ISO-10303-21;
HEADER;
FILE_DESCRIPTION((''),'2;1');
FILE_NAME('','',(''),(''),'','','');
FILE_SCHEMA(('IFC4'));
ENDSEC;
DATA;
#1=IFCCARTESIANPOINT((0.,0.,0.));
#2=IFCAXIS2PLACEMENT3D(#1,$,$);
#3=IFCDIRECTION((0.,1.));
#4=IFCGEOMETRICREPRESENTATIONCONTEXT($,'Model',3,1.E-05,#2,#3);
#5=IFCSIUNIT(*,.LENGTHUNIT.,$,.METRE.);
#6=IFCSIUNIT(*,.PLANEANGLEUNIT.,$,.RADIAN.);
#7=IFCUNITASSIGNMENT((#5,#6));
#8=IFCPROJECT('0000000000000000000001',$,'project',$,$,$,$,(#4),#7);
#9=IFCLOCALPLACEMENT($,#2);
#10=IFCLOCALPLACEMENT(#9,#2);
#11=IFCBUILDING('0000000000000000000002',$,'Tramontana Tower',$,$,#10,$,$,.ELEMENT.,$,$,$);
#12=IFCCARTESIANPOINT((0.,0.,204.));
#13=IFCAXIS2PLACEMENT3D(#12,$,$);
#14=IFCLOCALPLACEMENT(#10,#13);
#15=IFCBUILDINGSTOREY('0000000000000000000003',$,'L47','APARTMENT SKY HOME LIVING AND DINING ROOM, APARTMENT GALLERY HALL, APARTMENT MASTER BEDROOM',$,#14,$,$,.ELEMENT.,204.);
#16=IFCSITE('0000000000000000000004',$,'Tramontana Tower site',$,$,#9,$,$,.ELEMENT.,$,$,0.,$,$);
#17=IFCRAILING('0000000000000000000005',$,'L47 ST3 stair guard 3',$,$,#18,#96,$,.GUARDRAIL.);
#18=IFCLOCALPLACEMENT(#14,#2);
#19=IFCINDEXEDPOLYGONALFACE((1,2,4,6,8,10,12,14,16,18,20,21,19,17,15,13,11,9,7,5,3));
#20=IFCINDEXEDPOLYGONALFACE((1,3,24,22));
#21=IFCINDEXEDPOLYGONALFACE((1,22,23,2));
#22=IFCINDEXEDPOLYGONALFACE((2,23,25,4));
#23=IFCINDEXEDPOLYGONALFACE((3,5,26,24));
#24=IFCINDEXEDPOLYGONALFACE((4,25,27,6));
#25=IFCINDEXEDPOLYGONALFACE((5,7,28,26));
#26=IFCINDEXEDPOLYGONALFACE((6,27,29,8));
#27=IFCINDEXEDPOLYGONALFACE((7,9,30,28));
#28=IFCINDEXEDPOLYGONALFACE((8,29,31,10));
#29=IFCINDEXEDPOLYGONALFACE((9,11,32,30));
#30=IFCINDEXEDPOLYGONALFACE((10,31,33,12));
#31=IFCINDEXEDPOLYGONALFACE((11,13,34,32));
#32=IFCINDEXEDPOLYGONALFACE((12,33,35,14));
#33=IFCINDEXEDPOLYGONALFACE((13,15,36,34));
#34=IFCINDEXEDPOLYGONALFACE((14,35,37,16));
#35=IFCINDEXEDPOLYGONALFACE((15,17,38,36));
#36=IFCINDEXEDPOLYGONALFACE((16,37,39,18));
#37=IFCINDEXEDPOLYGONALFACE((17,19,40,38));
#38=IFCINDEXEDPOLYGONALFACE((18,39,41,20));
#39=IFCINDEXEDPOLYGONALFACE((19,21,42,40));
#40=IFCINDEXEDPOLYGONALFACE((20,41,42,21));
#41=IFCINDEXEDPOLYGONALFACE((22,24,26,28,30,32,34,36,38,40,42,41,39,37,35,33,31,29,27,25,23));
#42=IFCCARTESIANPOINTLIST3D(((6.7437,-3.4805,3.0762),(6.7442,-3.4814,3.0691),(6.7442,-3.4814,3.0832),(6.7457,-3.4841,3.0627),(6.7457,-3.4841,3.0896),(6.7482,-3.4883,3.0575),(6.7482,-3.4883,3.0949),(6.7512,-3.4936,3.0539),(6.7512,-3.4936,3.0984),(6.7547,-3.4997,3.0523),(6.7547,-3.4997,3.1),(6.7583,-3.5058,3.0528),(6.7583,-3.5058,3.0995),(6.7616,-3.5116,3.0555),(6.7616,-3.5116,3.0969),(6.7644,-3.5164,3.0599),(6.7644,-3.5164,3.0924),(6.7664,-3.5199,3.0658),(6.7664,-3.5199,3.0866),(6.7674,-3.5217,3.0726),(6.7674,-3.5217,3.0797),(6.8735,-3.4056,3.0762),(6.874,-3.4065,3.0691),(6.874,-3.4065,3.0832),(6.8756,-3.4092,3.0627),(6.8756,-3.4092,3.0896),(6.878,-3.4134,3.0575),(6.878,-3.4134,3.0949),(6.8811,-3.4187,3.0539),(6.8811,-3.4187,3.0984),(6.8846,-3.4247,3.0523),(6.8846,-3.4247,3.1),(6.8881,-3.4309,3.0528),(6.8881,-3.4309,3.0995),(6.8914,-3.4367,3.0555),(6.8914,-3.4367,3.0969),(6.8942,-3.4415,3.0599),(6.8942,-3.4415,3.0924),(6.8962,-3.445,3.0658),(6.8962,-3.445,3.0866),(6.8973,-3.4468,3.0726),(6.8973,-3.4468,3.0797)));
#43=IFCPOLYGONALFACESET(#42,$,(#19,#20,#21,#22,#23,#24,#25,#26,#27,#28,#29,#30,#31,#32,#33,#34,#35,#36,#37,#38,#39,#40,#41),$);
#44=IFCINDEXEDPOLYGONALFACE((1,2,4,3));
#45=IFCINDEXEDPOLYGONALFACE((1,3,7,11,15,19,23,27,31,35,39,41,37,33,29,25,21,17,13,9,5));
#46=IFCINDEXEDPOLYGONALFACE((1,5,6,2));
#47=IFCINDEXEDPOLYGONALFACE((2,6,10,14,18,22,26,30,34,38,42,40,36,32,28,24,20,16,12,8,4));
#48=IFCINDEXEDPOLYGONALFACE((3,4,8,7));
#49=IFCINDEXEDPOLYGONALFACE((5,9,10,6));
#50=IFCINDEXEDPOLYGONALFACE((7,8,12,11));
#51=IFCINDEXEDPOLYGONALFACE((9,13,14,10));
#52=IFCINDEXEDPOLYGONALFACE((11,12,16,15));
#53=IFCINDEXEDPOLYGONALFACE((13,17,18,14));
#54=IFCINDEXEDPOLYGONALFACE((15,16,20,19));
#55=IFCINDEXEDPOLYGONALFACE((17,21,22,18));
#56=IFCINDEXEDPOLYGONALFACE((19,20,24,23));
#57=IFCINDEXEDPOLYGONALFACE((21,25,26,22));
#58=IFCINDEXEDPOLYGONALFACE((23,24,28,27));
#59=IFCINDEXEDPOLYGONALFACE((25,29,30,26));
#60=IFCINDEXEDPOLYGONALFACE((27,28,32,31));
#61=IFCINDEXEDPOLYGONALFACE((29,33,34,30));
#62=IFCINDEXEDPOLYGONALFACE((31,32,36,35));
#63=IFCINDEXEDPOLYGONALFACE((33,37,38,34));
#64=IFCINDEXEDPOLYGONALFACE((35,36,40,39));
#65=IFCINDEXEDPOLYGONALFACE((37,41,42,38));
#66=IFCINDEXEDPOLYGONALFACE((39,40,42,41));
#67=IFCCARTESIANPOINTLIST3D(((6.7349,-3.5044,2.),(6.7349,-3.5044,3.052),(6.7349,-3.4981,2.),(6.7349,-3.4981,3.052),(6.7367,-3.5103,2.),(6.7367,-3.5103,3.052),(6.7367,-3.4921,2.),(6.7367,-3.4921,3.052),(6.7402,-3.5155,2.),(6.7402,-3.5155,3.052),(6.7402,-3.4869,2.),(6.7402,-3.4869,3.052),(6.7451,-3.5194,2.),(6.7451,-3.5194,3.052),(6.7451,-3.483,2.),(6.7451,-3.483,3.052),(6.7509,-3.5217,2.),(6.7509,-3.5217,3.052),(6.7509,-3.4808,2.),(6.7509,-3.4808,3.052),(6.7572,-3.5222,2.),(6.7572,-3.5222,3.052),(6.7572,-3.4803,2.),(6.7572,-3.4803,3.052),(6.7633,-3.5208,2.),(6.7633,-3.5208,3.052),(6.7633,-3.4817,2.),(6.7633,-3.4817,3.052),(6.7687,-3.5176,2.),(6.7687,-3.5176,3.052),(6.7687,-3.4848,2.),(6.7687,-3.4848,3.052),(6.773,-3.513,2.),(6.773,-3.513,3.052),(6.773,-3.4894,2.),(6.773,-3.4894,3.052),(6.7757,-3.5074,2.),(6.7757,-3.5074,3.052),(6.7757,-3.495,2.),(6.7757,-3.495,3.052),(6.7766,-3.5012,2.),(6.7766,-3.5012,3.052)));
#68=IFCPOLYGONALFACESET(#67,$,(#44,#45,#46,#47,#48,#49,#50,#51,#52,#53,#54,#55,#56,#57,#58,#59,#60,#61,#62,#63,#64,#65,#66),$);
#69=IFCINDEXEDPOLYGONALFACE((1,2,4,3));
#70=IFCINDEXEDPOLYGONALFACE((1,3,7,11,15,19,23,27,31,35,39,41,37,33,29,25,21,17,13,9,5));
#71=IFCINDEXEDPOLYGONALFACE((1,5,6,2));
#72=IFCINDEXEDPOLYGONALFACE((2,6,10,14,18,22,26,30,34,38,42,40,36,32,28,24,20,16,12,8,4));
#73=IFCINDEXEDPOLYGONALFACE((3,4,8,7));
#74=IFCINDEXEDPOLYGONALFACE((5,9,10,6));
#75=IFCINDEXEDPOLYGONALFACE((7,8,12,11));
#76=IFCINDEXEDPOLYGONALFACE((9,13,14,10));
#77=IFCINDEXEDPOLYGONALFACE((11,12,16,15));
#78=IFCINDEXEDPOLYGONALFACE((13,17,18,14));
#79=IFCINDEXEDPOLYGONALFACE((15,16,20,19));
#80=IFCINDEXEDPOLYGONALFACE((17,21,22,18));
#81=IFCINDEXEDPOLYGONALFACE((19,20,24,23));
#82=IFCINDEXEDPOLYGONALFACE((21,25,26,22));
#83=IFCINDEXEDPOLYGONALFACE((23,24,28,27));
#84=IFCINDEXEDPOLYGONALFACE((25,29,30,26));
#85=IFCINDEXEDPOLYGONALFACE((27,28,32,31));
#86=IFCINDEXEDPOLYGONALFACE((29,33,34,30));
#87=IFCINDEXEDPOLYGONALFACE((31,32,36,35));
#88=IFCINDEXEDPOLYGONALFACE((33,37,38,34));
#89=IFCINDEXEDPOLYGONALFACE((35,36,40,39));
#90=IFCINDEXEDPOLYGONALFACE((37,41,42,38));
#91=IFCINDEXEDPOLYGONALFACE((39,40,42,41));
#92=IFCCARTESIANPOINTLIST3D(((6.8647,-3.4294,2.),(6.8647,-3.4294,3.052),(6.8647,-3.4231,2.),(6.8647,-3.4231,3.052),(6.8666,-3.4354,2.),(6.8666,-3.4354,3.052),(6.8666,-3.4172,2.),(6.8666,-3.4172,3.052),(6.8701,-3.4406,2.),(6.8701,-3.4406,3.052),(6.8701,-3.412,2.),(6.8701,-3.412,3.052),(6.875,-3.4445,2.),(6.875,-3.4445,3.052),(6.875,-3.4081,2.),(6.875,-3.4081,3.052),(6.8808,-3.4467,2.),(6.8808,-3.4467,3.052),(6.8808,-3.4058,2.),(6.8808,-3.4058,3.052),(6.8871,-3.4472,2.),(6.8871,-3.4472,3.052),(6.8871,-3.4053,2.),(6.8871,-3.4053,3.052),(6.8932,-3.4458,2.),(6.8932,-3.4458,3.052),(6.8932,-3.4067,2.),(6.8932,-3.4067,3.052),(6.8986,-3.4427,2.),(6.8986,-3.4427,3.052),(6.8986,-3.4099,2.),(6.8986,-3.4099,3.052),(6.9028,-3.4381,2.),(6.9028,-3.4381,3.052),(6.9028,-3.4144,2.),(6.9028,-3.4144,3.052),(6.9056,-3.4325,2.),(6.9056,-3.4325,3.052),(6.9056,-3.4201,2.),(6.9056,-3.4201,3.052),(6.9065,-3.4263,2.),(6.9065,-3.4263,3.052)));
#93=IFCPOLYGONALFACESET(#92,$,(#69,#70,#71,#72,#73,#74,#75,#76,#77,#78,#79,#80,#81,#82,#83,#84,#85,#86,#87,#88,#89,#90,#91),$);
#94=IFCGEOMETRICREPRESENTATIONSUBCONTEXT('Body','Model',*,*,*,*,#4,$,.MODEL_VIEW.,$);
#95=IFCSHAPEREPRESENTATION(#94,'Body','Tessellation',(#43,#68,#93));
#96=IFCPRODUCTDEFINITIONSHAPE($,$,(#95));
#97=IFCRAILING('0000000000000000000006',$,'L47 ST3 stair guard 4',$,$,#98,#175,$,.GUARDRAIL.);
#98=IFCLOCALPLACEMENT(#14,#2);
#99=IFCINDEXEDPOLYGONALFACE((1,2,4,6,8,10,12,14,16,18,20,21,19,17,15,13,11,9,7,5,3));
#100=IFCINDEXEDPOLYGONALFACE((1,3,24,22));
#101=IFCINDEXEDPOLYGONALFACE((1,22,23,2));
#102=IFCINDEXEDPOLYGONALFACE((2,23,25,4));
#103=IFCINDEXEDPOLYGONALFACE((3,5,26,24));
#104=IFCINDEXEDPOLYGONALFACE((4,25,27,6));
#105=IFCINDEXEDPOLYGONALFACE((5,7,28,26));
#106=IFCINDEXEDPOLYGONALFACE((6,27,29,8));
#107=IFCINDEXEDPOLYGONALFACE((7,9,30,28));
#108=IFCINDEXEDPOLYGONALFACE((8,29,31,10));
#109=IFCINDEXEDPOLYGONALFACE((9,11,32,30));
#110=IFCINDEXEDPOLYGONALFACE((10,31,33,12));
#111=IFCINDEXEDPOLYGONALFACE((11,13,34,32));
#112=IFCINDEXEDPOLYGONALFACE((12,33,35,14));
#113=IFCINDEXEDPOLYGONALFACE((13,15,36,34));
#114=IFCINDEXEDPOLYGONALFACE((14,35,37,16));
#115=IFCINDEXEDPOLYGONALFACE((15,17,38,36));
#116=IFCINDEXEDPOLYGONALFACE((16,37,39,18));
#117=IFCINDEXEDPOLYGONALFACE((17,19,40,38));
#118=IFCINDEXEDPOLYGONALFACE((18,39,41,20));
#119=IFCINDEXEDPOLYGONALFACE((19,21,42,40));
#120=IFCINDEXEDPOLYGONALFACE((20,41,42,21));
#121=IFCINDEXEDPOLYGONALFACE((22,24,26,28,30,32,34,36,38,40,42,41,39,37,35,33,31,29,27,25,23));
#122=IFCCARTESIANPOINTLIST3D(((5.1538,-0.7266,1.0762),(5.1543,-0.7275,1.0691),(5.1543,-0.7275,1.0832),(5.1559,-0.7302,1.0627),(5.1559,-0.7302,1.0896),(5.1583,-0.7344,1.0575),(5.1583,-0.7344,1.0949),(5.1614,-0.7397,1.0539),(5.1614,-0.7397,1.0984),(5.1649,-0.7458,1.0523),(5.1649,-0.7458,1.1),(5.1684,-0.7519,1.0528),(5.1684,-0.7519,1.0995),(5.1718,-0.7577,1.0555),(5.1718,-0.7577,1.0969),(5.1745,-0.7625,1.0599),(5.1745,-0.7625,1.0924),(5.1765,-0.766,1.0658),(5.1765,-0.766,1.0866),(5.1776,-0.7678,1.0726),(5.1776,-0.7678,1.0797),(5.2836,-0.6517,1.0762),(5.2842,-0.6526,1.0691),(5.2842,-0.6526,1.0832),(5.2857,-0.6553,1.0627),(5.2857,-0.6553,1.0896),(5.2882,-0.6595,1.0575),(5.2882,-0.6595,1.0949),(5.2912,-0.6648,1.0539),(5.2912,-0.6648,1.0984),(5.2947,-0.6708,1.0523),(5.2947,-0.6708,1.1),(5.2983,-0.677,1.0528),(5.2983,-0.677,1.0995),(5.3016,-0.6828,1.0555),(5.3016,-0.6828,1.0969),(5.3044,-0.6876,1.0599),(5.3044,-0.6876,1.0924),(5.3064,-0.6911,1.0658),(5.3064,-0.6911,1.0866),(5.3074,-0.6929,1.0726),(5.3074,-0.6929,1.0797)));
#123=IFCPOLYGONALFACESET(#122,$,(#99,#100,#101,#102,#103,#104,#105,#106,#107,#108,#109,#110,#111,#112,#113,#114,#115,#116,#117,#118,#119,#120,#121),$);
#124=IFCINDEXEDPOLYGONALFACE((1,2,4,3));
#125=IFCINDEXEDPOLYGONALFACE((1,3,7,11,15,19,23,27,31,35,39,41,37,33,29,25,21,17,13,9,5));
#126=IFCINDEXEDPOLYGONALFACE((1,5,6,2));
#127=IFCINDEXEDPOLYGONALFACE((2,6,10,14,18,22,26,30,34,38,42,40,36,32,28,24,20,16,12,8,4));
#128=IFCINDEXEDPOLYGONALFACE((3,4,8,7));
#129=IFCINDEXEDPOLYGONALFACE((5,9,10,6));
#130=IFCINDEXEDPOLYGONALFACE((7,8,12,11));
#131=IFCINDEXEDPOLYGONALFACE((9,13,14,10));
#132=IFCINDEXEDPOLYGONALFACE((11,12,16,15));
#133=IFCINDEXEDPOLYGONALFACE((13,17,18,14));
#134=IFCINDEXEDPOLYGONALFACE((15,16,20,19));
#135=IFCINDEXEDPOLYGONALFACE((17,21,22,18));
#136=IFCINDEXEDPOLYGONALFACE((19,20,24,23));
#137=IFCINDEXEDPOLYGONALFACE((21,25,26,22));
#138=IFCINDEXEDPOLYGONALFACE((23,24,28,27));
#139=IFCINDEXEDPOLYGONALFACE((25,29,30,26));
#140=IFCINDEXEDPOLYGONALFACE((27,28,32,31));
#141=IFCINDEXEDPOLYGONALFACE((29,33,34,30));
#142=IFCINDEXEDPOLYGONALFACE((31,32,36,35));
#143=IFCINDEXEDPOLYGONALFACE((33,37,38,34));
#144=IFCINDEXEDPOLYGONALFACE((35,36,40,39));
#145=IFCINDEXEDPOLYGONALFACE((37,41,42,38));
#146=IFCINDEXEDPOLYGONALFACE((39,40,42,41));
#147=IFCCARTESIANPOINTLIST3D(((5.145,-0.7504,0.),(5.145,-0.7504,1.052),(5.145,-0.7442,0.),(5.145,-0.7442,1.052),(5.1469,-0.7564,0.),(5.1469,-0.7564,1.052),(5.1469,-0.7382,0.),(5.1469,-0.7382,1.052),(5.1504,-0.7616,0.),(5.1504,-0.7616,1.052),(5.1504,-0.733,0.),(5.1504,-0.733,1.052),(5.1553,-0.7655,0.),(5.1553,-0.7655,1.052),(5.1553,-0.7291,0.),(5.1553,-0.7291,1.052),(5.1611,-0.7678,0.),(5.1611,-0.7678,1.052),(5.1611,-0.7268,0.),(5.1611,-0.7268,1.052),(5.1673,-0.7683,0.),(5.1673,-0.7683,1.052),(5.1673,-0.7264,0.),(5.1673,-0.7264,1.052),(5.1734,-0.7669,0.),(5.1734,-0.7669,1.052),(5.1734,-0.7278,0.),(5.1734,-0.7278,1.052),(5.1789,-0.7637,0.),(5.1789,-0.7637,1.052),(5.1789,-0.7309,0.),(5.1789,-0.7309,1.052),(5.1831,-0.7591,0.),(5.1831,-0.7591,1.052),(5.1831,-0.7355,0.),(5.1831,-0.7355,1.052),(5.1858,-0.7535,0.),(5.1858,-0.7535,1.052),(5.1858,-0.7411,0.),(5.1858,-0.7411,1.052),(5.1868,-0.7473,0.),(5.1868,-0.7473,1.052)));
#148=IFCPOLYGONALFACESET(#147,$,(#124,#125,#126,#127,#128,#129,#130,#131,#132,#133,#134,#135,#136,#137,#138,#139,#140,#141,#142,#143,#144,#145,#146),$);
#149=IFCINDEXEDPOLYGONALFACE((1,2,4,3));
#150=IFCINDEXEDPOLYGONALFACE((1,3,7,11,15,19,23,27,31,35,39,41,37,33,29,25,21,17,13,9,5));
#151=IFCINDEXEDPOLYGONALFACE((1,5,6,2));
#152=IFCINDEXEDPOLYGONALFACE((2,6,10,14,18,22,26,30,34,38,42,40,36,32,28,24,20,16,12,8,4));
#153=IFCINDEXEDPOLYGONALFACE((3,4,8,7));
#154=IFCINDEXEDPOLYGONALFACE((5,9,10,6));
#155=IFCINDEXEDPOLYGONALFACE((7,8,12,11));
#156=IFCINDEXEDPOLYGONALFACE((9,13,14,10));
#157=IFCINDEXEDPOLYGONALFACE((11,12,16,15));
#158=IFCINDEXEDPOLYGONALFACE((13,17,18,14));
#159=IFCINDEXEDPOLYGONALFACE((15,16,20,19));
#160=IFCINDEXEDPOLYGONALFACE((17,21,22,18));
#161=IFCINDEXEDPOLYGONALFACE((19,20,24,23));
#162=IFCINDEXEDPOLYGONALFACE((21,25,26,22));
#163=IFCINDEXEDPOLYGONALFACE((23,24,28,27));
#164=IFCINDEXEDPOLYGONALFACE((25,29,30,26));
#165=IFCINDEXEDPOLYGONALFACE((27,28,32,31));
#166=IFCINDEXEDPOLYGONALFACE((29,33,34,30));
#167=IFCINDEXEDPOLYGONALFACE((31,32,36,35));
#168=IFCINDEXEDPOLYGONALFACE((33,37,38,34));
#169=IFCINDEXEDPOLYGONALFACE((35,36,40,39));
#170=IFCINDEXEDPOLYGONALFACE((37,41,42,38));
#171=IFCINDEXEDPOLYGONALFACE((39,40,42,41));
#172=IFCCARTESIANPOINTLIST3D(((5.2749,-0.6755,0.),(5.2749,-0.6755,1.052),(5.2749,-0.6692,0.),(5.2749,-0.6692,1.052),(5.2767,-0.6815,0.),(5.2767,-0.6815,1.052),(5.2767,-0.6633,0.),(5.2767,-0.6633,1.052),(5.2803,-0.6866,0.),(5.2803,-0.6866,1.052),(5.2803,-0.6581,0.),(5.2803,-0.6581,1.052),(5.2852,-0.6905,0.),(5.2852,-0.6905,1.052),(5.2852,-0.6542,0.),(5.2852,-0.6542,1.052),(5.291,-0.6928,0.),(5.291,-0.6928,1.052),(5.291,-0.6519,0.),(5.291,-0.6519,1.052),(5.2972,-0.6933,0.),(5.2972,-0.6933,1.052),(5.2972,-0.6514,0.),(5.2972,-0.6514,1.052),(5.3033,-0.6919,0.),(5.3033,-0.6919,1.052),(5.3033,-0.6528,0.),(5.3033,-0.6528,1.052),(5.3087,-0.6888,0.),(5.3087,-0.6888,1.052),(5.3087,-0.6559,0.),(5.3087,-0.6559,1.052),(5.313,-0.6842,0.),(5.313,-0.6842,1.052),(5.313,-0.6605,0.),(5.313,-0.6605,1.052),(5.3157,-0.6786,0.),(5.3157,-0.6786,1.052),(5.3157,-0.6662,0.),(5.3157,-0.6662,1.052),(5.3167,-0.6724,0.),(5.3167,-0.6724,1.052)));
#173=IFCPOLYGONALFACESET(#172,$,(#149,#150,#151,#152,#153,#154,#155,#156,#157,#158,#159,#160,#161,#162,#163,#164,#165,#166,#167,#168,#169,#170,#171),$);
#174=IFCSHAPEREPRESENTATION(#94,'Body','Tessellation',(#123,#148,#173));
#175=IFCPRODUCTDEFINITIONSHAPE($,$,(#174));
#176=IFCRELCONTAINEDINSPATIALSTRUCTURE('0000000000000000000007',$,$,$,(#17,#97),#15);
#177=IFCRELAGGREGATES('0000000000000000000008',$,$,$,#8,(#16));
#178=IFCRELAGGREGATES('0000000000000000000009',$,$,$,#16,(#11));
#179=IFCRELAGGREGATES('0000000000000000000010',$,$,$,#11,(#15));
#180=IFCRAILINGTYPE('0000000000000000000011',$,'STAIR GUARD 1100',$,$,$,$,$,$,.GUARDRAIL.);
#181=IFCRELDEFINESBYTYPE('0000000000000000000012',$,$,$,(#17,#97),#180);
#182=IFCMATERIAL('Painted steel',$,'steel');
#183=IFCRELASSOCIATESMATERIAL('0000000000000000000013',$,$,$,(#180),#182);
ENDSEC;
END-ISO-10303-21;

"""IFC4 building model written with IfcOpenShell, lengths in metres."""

from ifc_helpers import new_model, si_unit, direction, frame, origin, origin_2d, place, context, subcontext, project, spatial, circle, extrude, material, type_object, element, save


model = new_model("IFC4")

# Units and contexts
model_context = context("Model", 3, precision=1e-05, world=origin(), true_north=direction((0.0, 1.0)))
body_context = subcontext(model_context, "Body", "Model", "MODEL_VIEW")
ifc_project = project(units=[si_unit("LENGTHUNIT", "METRE"), si_unit("PLANEANGLEUNIT", "RADIAN")], contexts=[model_context])

# Site, building, storey
site_placement = place(None, origin())
site = spatial("IfcSite", under=ifc_project, at=site_placement, Name="Tramontana Tower site", CompositionType="ELEMENT", RefElevation=0.0)
building_placement = place(site_placement, origin())
building = spatial("IfcBuilding", under=site, at=building_placement, Name="Tramontana Tower", CompositionType="ELEMENT")
storey_placement = place(building_placement, frame((0.0, 0.0, 204.0)))
storey = spatial("IfcBuildingStorey", under=building, at=storey_placement, Name="L47", Description="APARTMENT SKY HOME LIVING AND DINING ROOM, APARTMENT GALLERY HALL, APARTMENT MASTER BEDROOM", CompositionType="ELEMENT", Elevation=204.0)

# Railings
ifc_material_1 = material(Name="Painted steel", Category="steel")
railing_type_1 = type_object("IfcRailingType", Name="STAIR GUARD 1100", PredefinedType="GUARDRAIL", material=ifc_material_1)
for number, where, name in (
    (1, (6.7556, -3.5012, 2.0), "L47 ST3 stair guard 3"),
    (2, (5.1658, -0.7473, 0.0), "L47 ST3 stair guard 4"),
):
    element("IfcRailing", number, at=place(storey_placement, frame(where)), inside=storey, type_object=railing_type_1, Name=name, PredefinedType="GUARDRAIL", context=body_context, shape_type="SweptSolid", body=[
        extrude(circle(Radius=0.0239, at=origin_2d()), frame((0.0, 0.0, 1.0762), z_axis=(0.866131, 0.499816, 0.0), x_axis=(-0.499816, 0.866131, 0.0)), (0.0, 0.0, 1.0), 0.1499),
        extrude(circle(Radius=0.021, at=origin_2d()), origin(), (0.0, 0.0, 1.0), 1.052),
        extrude(circle(Radius=0.021, at=origin_2d()), frame((0.1299, 0.075, 0.0)), (0.0, 0.0, 1.0), 1.052),
    ])

save(model, "model.ifc")
